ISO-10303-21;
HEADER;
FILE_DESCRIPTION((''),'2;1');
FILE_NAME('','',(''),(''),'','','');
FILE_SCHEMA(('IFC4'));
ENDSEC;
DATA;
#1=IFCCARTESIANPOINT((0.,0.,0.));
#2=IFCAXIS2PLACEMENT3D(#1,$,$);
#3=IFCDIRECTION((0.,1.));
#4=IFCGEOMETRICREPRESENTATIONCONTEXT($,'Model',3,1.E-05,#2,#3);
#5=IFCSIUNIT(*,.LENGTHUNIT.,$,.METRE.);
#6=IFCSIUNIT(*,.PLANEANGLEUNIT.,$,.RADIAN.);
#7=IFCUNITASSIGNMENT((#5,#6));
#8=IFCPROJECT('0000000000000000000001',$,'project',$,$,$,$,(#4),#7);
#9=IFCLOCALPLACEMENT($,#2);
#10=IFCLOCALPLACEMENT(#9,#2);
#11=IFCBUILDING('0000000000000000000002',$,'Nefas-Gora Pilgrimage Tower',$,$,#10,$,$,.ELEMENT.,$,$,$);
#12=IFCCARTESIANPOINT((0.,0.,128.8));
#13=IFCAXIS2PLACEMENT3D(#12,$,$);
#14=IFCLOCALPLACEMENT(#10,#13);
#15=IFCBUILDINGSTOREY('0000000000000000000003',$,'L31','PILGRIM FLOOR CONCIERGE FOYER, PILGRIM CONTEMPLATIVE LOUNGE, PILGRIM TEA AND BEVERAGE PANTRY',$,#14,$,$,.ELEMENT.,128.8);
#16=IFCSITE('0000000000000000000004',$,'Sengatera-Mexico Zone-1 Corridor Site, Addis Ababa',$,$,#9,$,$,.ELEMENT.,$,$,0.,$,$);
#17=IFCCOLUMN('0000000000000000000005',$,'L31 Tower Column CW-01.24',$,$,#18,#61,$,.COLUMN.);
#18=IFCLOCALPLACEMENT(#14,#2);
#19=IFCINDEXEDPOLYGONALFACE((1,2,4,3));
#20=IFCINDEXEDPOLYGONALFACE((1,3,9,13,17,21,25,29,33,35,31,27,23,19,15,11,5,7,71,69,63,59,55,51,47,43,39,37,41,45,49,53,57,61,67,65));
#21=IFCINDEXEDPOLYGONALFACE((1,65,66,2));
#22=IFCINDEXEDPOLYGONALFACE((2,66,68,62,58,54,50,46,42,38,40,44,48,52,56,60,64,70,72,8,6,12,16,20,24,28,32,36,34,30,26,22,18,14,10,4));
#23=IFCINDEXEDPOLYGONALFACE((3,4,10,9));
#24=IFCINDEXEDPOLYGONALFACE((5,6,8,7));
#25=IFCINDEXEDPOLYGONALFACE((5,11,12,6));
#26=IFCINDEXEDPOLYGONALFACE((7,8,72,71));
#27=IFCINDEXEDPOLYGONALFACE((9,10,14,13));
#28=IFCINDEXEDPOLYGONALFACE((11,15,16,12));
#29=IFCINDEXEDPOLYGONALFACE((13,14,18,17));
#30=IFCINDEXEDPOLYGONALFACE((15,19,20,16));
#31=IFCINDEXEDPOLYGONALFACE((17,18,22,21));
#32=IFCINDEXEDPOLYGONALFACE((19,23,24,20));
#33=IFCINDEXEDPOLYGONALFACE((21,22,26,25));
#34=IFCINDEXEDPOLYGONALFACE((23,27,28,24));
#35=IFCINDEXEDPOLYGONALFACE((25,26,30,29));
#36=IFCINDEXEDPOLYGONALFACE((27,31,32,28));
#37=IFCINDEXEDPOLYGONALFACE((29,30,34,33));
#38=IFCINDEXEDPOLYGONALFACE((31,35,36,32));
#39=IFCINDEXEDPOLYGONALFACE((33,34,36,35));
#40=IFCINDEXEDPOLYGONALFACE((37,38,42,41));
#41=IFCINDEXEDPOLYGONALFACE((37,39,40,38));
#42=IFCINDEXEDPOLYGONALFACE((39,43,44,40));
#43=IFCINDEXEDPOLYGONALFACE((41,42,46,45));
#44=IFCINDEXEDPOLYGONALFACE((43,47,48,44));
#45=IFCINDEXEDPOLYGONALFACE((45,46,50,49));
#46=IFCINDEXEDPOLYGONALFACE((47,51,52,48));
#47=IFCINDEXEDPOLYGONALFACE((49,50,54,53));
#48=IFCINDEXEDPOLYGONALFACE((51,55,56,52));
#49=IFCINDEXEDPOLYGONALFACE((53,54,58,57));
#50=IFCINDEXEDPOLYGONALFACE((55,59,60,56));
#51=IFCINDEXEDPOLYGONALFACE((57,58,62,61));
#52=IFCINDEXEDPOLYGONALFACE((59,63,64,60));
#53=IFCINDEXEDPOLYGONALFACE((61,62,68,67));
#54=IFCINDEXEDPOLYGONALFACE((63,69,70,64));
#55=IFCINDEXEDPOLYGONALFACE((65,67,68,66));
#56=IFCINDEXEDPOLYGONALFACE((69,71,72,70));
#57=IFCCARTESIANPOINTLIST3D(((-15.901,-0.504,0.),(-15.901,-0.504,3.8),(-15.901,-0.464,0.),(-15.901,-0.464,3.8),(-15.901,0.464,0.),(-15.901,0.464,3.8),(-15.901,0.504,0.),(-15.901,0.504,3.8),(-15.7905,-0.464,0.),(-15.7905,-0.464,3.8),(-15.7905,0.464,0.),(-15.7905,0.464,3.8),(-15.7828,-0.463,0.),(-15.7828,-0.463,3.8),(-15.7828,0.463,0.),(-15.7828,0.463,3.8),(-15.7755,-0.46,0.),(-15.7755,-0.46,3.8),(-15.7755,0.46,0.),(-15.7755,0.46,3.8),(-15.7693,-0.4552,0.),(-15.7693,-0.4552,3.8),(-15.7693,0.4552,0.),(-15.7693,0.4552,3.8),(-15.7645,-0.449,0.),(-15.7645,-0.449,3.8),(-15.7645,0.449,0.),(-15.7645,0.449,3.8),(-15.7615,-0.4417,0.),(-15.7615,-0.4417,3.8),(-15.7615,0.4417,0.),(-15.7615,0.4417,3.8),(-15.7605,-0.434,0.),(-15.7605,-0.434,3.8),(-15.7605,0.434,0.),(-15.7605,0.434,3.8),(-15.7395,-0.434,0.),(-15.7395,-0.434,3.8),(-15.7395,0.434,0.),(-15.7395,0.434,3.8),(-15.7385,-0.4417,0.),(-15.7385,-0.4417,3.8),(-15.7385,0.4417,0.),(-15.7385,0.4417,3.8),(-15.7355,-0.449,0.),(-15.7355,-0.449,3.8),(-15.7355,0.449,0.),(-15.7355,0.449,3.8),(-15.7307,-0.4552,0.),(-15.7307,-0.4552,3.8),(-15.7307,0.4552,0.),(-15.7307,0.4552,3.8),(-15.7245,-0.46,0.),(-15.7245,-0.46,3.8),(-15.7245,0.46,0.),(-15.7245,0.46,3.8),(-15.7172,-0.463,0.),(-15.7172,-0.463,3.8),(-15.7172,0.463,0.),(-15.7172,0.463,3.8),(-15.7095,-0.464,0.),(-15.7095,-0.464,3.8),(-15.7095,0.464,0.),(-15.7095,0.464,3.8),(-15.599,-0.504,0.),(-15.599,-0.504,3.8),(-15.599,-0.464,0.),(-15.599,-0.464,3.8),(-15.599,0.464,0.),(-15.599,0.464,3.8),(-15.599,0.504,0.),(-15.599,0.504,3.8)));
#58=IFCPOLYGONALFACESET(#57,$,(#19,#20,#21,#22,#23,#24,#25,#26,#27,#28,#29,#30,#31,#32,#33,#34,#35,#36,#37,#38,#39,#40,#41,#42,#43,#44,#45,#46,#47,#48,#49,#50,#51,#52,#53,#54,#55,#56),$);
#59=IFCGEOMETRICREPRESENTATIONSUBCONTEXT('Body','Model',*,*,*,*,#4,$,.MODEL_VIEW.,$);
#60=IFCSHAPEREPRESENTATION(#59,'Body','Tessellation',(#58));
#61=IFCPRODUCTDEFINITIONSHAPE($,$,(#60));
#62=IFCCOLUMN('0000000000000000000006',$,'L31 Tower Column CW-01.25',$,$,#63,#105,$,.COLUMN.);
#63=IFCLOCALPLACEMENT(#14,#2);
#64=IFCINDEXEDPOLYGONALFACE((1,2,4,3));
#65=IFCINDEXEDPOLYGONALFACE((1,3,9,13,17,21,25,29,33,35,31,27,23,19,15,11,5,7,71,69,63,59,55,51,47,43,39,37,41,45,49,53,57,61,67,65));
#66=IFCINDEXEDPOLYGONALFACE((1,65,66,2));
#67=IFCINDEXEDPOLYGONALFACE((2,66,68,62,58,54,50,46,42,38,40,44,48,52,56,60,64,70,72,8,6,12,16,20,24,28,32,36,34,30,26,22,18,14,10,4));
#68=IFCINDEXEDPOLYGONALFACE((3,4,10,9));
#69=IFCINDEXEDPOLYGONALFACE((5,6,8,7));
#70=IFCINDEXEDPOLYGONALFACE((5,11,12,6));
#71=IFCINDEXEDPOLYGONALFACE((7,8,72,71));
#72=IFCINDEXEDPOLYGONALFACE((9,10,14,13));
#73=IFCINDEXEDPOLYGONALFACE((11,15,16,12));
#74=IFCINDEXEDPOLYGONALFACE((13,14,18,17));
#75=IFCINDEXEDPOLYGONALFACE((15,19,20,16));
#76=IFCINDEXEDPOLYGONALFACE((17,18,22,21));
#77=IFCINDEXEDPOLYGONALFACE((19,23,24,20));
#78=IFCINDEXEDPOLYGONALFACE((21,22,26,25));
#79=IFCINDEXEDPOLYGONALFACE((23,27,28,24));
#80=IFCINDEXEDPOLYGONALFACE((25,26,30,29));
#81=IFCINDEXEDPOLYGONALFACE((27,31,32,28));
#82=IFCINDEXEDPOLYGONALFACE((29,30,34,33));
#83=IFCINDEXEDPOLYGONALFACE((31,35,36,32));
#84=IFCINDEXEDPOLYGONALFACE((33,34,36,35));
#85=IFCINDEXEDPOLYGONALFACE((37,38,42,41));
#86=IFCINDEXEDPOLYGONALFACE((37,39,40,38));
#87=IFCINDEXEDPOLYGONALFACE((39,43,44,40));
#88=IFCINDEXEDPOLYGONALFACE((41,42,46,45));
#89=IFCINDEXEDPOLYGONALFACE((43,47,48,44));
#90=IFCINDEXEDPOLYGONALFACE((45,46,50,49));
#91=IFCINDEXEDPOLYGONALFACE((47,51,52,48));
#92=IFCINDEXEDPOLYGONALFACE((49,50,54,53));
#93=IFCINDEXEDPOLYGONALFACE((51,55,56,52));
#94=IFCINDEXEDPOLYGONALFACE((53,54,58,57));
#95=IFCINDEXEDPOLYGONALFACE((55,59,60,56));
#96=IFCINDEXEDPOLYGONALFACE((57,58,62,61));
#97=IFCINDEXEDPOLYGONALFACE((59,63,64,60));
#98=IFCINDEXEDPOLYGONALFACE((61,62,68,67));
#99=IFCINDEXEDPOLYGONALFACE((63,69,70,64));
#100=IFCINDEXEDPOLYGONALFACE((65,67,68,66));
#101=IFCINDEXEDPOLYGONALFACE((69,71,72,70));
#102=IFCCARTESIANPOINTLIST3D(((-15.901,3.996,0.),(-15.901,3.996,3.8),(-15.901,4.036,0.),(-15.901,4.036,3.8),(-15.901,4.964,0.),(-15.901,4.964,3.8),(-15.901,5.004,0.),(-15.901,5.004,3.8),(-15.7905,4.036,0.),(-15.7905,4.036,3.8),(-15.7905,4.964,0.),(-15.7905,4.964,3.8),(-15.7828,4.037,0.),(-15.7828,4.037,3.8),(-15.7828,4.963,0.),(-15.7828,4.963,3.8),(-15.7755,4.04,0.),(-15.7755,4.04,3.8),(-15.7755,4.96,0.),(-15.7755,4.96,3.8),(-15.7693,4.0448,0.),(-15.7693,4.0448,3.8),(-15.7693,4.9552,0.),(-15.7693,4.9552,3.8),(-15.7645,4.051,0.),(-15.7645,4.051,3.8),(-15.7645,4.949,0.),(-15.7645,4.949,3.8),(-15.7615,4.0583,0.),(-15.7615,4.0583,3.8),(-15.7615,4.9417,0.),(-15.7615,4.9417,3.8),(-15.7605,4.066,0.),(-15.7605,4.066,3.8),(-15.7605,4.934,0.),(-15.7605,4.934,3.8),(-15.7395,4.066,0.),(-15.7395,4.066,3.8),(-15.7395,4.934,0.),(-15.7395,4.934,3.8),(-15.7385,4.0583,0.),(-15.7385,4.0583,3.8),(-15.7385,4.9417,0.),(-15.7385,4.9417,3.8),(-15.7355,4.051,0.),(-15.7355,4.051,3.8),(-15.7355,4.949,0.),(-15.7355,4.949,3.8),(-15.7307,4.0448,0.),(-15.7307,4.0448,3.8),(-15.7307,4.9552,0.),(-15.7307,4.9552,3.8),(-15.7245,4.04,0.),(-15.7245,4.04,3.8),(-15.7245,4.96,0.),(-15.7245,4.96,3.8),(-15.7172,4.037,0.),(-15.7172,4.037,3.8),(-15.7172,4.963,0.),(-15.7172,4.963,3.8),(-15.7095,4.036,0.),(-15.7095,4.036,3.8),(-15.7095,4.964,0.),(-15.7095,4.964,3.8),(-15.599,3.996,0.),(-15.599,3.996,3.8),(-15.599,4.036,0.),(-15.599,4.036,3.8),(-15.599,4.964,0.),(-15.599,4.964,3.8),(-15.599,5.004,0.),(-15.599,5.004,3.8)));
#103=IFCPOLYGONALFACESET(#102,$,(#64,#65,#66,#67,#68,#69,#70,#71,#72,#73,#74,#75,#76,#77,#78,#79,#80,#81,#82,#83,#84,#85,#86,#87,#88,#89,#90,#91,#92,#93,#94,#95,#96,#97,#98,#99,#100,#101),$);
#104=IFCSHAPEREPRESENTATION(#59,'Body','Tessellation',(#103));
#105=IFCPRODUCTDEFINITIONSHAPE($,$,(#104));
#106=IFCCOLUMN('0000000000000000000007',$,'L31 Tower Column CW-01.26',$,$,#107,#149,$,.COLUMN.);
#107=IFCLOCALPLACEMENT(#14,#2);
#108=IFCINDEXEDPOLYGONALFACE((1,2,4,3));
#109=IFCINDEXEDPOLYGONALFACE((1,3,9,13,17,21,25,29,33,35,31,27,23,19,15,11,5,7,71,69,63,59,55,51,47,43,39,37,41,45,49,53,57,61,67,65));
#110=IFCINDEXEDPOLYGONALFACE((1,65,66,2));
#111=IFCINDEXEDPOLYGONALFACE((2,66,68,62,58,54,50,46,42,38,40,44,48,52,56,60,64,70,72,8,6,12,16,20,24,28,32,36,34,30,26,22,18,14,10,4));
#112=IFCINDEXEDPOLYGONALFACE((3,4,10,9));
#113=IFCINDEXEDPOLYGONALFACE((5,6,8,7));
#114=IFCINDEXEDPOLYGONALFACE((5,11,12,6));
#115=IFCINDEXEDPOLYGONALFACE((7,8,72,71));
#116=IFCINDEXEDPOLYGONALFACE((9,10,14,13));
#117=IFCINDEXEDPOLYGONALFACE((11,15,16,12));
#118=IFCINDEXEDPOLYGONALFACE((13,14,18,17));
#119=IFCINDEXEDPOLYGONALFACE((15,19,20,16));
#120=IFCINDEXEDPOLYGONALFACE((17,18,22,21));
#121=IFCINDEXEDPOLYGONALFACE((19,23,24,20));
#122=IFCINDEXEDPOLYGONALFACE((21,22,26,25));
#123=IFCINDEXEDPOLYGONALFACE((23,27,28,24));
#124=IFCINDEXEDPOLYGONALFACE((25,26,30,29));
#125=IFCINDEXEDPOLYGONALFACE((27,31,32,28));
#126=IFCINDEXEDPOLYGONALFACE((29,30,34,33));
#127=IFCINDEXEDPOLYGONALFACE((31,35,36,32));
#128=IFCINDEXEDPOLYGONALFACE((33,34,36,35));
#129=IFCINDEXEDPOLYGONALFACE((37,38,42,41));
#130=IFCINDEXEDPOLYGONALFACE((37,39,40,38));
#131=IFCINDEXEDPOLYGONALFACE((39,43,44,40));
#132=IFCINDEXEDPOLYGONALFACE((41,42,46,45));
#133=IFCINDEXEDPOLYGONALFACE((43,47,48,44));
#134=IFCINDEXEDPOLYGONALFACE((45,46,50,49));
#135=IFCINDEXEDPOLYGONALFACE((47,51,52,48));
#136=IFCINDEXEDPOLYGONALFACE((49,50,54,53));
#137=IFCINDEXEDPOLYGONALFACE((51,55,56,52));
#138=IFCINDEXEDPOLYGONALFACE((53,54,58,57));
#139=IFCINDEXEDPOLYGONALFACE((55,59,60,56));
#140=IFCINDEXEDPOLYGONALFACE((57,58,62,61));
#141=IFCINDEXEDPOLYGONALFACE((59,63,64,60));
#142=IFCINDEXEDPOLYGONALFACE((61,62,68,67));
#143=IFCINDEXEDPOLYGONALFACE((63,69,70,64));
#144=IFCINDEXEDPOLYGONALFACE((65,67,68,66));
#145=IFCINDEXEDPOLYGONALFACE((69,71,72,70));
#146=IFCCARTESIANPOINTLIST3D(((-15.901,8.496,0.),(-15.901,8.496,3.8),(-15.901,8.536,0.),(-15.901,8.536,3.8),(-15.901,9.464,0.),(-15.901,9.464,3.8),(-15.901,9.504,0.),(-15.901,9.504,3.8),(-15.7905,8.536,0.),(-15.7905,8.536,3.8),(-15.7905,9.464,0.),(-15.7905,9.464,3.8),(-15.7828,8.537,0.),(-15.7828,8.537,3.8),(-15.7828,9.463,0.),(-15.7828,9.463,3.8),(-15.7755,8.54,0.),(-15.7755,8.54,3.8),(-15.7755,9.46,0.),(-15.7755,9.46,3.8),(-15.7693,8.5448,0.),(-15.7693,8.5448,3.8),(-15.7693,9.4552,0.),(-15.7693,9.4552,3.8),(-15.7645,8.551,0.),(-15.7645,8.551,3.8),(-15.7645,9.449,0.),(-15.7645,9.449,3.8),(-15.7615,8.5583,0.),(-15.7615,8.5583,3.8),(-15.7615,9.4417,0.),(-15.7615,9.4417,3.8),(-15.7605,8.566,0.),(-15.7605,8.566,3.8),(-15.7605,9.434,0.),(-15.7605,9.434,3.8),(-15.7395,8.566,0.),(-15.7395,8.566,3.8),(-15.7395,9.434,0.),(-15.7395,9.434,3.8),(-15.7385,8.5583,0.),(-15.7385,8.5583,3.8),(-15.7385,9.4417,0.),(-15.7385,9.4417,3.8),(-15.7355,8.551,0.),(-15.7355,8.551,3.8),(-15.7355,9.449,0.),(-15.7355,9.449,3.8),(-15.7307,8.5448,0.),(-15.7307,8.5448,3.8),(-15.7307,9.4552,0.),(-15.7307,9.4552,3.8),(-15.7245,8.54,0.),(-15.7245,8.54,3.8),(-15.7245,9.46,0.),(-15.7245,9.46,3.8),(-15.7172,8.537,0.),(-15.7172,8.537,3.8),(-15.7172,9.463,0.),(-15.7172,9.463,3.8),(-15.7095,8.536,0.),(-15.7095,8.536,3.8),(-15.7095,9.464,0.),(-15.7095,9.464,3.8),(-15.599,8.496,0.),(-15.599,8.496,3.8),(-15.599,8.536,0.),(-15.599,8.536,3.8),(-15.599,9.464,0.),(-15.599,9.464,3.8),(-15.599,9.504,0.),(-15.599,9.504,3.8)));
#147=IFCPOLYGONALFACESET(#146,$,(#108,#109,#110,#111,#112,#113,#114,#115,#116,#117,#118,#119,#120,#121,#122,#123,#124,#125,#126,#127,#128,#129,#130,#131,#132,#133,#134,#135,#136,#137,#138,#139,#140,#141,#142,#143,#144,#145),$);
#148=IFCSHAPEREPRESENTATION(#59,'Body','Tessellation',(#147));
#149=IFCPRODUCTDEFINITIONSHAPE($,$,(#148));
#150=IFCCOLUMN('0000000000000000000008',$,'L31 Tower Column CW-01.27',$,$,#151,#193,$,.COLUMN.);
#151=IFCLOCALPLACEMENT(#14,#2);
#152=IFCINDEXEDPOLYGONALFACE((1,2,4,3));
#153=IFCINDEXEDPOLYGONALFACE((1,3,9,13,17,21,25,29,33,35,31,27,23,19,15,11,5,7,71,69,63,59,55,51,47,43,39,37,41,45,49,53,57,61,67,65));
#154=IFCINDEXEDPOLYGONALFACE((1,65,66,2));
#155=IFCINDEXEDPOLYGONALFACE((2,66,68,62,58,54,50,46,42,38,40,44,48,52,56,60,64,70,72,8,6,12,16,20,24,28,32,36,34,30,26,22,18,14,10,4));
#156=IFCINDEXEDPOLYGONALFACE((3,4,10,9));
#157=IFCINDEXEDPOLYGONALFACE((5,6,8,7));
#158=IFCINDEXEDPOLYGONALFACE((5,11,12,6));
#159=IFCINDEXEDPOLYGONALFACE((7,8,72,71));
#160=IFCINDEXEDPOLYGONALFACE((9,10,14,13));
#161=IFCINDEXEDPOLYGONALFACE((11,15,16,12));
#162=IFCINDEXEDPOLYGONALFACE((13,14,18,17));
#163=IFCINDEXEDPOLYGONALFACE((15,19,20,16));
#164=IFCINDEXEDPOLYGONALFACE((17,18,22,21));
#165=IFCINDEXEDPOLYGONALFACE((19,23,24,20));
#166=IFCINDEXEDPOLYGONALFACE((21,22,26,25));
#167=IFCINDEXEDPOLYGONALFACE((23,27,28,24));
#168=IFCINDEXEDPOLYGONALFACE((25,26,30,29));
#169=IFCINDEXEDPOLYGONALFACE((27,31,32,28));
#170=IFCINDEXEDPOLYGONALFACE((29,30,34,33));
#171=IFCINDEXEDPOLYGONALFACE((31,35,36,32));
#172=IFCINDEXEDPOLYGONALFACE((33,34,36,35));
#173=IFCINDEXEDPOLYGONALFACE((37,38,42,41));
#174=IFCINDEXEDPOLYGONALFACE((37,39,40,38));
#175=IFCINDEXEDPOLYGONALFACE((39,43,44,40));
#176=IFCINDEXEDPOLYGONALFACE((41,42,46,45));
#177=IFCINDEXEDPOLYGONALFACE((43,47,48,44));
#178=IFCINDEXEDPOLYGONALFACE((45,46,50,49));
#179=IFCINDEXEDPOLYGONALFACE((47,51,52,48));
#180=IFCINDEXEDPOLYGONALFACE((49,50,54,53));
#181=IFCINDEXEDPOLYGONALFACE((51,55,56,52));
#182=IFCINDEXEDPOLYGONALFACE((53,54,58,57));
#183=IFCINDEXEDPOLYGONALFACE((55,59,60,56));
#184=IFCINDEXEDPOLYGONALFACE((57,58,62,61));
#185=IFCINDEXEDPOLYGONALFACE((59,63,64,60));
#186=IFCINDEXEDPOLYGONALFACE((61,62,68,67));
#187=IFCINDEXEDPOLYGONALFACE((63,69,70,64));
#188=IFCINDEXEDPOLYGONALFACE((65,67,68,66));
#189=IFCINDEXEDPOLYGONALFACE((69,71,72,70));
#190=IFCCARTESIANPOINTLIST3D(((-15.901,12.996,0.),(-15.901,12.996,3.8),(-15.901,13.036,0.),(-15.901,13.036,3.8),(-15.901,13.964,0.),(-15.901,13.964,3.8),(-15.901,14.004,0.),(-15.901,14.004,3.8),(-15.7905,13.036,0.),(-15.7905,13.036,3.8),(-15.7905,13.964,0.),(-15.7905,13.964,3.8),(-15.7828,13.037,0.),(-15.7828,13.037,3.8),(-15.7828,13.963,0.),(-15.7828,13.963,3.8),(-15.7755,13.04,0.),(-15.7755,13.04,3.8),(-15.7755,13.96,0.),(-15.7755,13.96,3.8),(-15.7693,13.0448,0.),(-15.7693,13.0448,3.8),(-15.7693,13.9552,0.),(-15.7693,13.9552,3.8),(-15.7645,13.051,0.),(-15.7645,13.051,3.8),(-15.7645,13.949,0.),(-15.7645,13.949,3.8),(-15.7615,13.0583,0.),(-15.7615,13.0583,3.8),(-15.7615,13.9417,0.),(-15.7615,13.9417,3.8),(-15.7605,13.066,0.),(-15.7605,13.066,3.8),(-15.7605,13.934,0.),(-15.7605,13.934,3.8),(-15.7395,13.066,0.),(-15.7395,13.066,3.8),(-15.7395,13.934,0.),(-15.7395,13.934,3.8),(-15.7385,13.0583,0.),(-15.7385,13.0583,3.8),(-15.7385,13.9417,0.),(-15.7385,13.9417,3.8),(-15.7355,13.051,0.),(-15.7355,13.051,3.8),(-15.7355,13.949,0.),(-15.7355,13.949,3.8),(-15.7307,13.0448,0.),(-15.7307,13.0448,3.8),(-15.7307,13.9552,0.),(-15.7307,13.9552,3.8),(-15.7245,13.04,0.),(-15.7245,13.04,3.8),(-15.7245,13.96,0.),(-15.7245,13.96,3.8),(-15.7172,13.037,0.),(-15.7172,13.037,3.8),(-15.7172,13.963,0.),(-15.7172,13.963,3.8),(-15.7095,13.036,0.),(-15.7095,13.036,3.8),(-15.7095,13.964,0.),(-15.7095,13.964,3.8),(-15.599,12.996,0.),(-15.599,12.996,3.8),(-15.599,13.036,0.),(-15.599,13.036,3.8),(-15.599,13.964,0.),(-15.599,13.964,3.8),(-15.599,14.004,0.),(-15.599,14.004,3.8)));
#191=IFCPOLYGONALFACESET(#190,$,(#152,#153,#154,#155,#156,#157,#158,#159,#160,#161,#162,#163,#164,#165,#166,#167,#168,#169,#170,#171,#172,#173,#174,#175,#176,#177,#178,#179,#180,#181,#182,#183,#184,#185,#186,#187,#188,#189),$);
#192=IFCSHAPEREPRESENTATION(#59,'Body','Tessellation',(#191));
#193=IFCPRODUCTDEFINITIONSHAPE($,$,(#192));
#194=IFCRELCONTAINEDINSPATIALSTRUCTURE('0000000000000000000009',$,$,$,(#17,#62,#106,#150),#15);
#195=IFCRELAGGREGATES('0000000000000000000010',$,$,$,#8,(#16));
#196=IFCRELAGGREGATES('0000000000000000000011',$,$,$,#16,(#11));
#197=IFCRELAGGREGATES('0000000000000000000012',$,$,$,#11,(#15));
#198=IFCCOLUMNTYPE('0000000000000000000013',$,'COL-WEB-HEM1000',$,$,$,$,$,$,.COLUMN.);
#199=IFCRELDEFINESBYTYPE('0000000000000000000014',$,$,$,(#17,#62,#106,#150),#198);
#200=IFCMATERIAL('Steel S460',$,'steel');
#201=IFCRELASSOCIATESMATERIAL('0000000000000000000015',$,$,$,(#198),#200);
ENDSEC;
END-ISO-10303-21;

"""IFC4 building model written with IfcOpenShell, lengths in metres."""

from ifc_helpers import new_model, si_unit, direction, frame, origin, origin_2d, place, context, subcontext, project, spatial, i_section, extrude, source, transform, mapped, material, material_profile, profile_set, type_object, element, save


model = new_model("IFC4")

# Units and contexts
model_context = context("Model", 3, precision=1e-05, world=origin(), true_north=direction((0.0, 1.0)))
body_context = subcontext(model_context, "Body", "Model", "MODEL_VIEW")
ifc_project = project(units=[si_unit("LENGTHUNIT", "METRE"), si_unit("PLANEANGLEUNIT", "RADIAN")], contexts=[model_context])

# Site, building, storey
site_placement = place(None, origin())
site = spatial("IfcSite", under=ifc_project, at=site_placement, Name="Sengatera-Mexico Zone-1 Corridor Site, Addis Ababa", CompositionType="ELEMENT", RefElevation=0.0)
building_placement = place(site_placement, origin())
building = spatial("IfcBuilding", under=site, at=building_placement, Name="Nefas-Gora Pilgrimage Tower", CompositionType="ELEMENT")
storey_placement = place(building_placement, frame((0.0, 0.0, 128.8)))
storey = spatial("IfcBuildingStorey", under=building, at=storey_placement, Name="L31", Description="PILGRIM FLOOR CONCIERGE FOYER, PILGRIM CONTEMPLATIVE LOUNGE, PILGRIM TEA AND BEVERAGE PANTRY", CompositionType="ELEMENT", Elevation=128.8)

# Columns
ifc_material_1 = material(Name="Steel S460", Category="steel")
ifc_material_profile_1 = material_profile(ifc_material_1, i_section(OverallWidth=0.302, OverallDepth=1.0081, WebThickness=0.021, FlangeThickness=0.04, FilletRadius=0.03, at=origin_2d()), Name="HEM 1000")
ifc_profile_set_1 = profile_set([ifc_material_profile_1], Name="Steel S460")
column_type_1 = type_object("IfcColumnType", Name="COL-WEB-HEM1000", PredefinedType="COLUMN", material=ifc_profile_set_1)
shared_shape_1 = source(origin(), body_context, "Body", "SweptSolid", [
    extrude(i_section(OverallWidth=0.302, OverallDepth=1.0081, WebThickness=0.021, FlangeThickness=0.04, FilletRadius=0.03, at=origin_2d()), origin(), (0.0, 0.0, 1.0), 3.8),
])
for number, where, z_axis, x_axis, name in (
    (1, (-15.75, 0.0, 0.0), (0.0, 0.0, 1.0), (1.0, 0.0, 0.0), "L31 Tower Column CW-01.24"),
    (2, (-15.75, 4.5, 0.0), (0.0, 0.0, 1.0), (1.0, 0.0, 0.0), "L31 Tower Column CW-01.25"),
    (3, (-15.75, 9.0, 0.0), (0.0, 0.0, 1.0), (1.0, 0.0, 0.0), "L31 Tower Column CW-01.26"),
    (4, (-15.75, 13.5, 0.0), (0.0, 0.0, 1.0), (1.0, 0.0, 0.0), "L31 Tower Column CW-01.27"),
):
    element("IfcColumn", number, at=place(storey_placement, frame(where, z_axis=z_axis, x_axis=x_axis)), inside=storey, type_object=column_type_1, Name=name, PredefinedType="COLUMN", context=body_context, shape_type="MappedRepresentation", body=[
        mapped(shared_shape_1, transform((0.0, 0.0, 0.0), x_axis=(1.0, 0.0, 0.0), y_axis=(0.0, 1.0, 0.0), z_axis=(0.0, 0.0, 1.0), scale=1.0)),
    ])

save(model, "model.ifc")
